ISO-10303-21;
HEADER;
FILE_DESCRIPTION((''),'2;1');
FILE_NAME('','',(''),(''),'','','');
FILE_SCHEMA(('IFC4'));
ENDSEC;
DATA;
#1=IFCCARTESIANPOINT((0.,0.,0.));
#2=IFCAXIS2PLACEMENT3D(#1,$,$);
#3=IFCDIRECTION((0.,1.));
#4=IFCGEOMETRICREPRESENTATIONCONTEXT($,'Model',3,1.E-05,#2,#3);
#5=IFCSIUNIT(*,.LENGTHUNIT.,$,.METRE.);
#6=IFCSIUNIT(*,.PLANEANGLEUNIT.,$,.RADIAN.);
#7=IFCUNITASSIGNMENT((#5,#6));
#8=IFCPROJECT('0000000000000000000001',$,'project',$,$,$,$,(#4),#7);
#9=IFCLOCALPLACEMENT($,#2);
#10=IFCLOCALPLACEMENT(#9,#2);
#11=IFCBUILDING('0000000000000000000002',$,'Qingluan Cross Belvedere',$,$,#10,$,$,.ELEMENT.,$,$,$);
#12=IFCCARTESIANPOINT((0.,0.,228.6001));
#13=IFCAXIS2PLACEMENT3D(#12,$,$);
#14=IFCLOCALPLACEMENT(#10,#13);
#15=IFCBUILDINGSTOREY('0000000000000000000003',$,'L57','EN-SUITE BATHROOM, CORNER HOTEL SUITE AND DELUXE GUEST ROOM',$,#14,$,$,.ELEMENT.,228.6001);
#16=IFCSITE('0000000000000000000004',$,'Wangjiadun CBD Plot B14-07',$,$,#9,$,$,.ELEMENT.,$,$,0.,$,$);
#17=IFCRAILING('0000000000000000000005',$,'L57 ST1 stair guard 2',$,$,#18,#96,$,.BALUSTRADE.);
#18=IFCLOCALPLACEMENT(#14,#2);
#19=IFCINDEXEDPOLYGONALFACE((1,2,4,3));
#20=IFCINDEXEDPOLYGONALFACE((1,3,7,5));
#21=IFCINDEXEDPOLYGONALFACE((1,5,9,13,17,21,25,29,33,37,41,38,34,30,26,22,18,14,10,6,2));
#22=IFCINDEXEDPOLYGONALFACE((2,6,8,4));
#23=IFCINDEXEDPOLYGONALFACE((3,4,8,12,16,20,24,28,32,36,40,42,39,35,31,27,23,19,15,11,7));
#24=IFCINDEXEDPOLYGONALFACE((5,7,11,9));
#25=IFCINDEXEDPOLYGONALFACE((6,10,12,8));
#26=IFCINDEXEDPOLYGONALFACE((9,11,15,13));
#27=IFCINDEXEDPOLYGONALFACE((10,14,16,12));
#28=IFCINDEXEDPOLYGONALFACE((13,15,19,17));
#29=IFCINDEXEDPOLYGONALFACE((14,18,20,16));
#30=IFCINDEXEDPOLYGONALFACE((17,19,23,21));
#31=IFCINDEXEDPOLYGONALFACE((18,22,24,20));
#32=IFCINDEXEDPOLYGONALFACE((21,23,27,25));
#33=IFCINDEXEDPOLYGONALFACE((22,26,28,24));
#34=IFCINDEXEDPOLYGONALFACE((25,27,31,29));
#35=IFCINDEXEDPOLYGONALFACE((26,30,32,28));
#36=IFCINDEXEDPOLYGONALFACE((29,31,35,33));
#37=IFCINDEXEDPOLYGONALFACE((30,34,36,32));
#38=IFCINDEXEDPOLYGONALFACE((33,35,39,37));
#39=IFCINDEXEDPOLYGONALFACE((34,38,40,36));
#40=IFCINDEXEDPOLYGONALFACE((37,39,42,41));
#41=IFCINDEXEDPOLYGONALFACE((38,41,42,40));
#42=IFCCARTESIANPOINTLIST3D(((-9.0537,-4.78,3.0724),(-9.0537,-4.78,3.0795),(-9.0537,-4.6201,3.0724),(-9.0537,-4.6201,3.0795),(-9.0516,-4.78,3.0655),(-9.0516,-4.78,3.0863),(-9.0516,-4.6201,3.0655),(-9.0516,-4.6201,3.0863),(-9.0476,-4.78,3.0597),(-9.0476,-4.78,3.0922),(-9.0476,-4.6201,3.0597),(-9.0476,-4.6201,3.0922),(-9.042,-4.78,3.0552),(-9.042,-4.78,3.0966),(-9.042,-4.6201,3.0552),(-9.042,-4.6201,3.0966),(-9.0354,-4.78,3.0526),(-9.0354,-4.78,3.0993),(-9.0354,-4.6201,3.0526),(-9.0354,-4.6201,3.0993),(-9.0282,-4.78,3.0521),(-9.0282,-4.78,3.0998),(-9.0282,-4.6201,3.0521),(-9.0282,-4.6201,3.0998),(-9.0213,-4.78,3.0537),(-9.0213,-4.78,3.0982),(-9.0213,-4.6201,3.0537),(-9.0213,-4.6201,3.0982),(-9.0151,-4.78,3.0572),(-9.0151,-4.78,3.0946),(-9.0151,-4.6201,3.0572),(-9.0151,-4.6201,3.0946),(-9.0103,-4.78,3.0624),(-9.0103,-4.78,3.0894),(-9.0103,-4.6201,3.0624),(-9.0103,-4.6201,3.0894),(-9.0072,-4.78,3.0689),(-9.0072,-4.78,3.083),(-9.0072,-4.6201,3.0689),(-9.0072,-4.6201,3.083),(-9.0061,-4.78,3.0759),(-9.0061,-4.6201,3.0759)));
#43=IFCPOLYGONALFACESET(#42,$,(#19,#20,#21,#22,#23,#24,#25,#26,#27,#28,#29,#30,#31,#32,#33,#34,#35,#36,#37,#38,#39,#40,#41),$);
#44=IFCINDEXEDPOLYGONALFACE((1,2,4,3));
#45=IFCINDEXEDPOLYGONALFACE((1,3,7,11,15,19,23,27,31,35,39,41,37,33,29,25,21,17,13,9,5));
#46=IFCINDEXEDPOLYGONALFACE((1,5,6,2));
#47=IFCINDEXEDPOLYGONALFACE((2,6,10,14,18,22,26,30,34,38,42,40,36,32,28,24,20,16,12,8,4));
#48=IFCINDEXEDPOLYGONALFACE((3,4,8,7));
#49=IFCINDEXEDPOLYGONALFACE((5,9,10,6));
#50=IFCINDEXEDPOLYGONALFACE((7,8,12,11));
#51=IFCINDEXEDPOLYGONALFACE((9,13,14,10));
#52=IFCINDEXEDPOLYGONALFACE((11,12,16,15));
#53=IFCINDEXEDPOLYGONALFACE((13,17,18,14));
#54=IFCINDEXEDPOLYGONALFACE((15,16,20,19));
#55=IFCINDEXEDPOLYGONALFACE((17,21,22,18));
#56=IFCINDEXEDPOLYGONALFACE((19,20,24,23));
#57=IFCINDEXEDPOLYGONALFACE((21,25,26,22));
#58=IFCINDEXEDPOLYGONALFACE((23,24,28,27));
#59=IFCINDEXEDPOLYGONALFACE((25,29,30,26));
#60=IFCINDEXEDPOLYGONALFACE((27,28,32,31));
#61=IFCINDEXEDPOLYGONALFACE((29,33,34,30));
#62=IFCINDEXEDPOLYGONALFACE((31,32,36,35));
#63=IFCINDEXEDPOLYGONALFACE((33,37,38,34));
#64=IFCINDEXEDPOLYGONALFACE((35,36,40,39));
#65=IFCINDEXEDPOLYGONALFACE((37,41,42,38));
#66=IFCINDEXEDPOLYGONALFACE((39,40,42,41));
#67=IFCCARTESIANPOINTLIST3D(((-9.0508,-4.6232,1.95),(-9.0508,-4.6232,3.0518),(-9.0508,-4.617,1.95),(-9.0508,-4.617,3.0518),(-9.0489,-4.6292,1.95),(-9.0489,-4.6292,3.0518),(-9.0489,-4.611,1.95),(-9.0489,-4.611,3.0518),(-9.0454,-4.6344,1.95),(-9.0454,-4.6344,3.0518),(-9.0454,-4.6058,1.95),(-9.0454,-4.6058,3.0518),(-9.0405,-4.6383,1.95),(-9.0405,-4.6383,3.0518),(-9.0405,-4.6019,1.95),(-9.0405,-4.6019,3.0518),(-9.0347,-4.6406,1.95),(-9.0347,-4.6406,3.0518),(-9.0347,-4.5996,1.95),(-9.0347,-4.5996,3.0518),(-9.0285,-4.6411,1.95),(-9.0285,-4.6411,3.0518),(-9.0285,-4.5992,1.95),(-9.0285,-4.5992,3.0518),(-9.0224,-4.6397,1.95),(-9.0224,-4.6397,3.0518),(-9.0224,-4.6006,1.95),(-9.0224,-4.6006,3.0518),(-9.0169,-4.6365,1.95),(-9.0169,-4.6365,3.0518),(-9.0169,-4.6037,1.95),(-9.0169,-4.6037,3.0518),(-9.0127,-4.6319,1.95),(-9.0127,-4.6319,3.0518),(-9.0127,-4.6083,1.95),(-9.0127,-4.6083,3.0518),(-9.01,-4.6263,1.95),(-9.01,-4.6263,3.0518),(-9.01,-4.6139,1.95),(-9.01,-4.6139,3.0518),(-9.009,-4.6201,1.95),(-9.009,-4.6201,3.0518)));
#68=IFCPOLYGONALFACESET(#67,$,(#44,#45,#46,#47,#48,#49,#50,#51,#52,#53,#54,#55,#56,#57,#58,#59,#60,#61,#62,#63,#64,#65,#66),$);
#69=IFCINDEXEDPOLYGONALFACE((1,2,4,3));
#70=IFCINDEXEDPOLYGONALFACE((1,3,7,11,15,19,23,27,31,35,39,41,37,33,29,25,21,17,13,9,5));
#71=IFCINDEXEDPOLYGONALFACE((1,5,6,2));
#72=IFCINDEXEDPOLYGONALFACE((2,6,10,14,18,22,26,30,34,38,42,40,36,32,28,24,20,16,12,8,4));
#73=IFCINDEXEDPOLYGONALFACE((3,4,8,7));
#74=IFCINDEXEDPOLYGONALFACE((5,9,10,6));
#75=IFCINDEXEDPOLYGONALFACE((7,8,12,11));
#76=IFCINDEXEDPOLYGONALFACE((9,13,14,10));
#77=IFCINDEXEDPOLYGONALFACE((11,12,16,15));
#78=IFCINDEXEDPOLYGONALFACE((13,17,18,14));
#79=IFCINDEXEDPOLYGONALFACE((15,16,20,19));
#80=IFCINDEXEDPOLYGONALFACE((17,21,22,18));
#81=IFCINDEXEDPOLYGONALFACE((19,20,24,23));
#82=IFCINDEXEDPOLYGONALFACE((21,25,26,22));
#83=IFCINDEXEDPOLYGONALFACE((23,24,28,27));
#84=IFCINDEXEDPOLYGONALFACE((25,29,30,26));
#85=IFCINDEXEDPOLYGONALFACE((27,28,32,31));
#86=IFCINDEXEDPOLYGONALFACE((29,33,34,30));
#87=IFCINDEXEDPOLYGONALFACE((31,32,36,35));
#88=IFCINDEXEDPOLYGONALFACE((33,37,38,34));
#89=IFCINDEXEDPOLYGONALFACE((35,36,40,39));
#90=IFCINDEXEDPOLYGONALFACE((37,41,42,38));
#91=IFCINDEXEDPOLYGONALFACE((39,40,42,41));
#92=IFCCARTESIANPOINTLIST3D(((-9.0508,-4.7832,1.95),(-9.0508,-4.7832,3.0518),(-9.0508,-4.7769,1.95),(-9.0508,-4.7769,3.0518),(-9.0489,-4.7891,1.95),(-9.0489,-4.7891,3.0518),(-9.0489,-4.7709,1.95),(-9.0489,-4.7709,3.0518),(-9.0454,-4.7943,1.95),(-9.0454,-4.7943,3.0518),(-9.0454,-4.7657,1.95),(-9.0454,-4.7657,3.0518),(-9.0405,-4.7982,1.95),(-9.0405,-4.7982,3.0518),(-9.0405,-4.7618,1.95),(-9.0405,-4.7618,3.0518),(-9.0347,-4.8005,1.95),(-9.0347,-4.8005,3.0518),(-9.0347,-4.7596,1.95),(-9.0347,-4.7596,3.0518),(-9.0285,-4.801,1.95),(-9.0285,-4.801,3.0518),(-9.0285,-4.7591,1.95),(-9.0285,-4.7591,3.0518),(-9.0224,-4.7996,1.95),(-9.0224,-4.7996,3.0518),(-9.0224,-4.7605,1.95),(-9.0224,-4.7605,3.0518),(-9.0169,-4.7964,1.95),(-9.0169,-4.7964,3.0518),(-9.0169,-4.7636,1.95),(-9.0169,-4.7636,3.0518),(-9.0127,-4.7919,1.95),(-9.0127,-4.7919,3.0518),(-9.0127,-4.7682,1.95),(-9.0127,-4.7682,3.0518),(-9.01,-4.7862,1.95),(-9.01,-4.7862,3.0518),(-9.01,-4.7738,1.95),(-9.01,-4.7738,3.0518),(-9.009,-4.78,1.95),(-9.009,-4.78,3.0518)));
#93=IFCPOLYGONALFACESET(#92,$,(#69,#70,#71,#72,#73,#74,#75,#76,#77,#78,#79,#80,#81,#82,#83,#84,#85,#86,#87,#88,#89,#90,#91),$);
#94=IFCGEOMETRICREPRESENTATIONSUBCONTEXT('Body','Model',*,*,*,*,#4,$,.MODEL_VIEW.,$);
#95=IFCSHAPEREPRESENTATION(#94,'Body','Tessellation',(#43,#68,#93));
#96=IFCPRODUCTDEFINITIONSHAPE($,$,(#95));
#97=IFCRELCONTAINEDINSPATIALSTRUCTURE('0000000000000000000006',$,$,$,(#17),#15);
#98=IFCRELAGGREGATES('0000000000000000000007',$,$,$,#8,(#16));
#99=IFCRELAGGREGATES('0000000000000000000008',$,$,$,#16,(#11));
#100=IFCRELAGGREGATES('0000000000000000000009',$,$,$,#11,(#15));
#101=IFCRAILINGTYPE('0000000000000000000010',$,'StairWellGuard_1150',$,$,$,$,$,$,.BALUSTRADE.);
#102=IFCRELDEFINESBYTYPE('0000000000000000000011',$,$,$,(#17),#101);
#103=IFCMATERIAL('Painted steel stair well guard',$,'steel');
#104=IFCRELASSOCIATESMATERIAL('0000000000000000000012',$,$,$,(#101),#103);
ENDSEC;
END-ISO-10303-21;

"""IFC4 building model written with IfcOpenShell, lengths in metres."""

from ifc_helpers import new_model, si_unit, direction, frame, origin, origin_2d, place, context, subcontext, project, spatial, circle, extrude, material, type_object, element, save


model = new_model("IFC4")

# Units and contexts
model_context = context("Model", 3, precision=1e-05, world=origin(), true_north=direction((0.0, 1.0)))
body_context = subcontext(model_context, "Body", "Model", "MODEL_VIEW")
ifc_project = project(units=[si_unit("LENGTHUNIT", "METRE"), si_unit("PLANEANGLEUNIT", "RADIAN")], contexts=[model_context])

# Site, building, storey
site_placement = place(None, origin())
site = spatial("IfcSite", under=ifc_project, at=site_placement, Name="Wangjiadun CBD Plot B14-07", CompositionType="ELEMENT", RefElevation=0.0)
building_placement = place(site_placement, origin())
building = spatial("IfcBuilding", under=site, at=building_placement, Name="Qingluan Cross Belvedere", CompositionType="ELEMENT")
storey_placement = place(building_placement, frame((0.0, 0.0, 228.6001)))
storey = spatial("IfcBuildingStorey", under=building, at=storey_placement, Name="L57", Description="EN-SUITE BATHROOM, CORNER HOTEL SUITE AND DELUXE GUEST ROOM", CompositionType="ELEMENT", Elevation=228.6001)

# Railing
ifc_material_1 = material(Name="Painted steel stair well guard", Category="steel")
railing_type_1 = type_object("IfcRailingType", Name="StairWellGuard_1150", PredefinedType="BALUSTRADE", material=ifc_material_1)
railing_1_placement = place(storey_placement, frame((-9.03, -4.6201, 1.95)))
element("IfcRailing", 1, at=railing_1_placement, inside=storey, type_object=railing_type_1, Name="L57 ST1 stair guard 2", PredefinedType="BALUSTRADE", context=body_context, shape_type="SweptSolid", body=[
    extrude(circle(Radius=0.0239, at=origin_2d()), frame((0.0, 0.0, 1.126), z_axis=(0.0, -1.0, 0.0), x_axis=(1.0, 0.0, 0.0)), (0.0, 0.0, 1.0), 0.1599),
    extrude(circle(Radius=0.021, at=origin_2d()), origin(), (0.0, 0.0, 1.0), 1.1018),
    extrude(circle(Radius=0.021, at=origin_2d()), frame((0.0, -0.1599, 0.0)), (0.0, 0.0, 1.0), 1.1018),
])

save(model, "model.ifc")
